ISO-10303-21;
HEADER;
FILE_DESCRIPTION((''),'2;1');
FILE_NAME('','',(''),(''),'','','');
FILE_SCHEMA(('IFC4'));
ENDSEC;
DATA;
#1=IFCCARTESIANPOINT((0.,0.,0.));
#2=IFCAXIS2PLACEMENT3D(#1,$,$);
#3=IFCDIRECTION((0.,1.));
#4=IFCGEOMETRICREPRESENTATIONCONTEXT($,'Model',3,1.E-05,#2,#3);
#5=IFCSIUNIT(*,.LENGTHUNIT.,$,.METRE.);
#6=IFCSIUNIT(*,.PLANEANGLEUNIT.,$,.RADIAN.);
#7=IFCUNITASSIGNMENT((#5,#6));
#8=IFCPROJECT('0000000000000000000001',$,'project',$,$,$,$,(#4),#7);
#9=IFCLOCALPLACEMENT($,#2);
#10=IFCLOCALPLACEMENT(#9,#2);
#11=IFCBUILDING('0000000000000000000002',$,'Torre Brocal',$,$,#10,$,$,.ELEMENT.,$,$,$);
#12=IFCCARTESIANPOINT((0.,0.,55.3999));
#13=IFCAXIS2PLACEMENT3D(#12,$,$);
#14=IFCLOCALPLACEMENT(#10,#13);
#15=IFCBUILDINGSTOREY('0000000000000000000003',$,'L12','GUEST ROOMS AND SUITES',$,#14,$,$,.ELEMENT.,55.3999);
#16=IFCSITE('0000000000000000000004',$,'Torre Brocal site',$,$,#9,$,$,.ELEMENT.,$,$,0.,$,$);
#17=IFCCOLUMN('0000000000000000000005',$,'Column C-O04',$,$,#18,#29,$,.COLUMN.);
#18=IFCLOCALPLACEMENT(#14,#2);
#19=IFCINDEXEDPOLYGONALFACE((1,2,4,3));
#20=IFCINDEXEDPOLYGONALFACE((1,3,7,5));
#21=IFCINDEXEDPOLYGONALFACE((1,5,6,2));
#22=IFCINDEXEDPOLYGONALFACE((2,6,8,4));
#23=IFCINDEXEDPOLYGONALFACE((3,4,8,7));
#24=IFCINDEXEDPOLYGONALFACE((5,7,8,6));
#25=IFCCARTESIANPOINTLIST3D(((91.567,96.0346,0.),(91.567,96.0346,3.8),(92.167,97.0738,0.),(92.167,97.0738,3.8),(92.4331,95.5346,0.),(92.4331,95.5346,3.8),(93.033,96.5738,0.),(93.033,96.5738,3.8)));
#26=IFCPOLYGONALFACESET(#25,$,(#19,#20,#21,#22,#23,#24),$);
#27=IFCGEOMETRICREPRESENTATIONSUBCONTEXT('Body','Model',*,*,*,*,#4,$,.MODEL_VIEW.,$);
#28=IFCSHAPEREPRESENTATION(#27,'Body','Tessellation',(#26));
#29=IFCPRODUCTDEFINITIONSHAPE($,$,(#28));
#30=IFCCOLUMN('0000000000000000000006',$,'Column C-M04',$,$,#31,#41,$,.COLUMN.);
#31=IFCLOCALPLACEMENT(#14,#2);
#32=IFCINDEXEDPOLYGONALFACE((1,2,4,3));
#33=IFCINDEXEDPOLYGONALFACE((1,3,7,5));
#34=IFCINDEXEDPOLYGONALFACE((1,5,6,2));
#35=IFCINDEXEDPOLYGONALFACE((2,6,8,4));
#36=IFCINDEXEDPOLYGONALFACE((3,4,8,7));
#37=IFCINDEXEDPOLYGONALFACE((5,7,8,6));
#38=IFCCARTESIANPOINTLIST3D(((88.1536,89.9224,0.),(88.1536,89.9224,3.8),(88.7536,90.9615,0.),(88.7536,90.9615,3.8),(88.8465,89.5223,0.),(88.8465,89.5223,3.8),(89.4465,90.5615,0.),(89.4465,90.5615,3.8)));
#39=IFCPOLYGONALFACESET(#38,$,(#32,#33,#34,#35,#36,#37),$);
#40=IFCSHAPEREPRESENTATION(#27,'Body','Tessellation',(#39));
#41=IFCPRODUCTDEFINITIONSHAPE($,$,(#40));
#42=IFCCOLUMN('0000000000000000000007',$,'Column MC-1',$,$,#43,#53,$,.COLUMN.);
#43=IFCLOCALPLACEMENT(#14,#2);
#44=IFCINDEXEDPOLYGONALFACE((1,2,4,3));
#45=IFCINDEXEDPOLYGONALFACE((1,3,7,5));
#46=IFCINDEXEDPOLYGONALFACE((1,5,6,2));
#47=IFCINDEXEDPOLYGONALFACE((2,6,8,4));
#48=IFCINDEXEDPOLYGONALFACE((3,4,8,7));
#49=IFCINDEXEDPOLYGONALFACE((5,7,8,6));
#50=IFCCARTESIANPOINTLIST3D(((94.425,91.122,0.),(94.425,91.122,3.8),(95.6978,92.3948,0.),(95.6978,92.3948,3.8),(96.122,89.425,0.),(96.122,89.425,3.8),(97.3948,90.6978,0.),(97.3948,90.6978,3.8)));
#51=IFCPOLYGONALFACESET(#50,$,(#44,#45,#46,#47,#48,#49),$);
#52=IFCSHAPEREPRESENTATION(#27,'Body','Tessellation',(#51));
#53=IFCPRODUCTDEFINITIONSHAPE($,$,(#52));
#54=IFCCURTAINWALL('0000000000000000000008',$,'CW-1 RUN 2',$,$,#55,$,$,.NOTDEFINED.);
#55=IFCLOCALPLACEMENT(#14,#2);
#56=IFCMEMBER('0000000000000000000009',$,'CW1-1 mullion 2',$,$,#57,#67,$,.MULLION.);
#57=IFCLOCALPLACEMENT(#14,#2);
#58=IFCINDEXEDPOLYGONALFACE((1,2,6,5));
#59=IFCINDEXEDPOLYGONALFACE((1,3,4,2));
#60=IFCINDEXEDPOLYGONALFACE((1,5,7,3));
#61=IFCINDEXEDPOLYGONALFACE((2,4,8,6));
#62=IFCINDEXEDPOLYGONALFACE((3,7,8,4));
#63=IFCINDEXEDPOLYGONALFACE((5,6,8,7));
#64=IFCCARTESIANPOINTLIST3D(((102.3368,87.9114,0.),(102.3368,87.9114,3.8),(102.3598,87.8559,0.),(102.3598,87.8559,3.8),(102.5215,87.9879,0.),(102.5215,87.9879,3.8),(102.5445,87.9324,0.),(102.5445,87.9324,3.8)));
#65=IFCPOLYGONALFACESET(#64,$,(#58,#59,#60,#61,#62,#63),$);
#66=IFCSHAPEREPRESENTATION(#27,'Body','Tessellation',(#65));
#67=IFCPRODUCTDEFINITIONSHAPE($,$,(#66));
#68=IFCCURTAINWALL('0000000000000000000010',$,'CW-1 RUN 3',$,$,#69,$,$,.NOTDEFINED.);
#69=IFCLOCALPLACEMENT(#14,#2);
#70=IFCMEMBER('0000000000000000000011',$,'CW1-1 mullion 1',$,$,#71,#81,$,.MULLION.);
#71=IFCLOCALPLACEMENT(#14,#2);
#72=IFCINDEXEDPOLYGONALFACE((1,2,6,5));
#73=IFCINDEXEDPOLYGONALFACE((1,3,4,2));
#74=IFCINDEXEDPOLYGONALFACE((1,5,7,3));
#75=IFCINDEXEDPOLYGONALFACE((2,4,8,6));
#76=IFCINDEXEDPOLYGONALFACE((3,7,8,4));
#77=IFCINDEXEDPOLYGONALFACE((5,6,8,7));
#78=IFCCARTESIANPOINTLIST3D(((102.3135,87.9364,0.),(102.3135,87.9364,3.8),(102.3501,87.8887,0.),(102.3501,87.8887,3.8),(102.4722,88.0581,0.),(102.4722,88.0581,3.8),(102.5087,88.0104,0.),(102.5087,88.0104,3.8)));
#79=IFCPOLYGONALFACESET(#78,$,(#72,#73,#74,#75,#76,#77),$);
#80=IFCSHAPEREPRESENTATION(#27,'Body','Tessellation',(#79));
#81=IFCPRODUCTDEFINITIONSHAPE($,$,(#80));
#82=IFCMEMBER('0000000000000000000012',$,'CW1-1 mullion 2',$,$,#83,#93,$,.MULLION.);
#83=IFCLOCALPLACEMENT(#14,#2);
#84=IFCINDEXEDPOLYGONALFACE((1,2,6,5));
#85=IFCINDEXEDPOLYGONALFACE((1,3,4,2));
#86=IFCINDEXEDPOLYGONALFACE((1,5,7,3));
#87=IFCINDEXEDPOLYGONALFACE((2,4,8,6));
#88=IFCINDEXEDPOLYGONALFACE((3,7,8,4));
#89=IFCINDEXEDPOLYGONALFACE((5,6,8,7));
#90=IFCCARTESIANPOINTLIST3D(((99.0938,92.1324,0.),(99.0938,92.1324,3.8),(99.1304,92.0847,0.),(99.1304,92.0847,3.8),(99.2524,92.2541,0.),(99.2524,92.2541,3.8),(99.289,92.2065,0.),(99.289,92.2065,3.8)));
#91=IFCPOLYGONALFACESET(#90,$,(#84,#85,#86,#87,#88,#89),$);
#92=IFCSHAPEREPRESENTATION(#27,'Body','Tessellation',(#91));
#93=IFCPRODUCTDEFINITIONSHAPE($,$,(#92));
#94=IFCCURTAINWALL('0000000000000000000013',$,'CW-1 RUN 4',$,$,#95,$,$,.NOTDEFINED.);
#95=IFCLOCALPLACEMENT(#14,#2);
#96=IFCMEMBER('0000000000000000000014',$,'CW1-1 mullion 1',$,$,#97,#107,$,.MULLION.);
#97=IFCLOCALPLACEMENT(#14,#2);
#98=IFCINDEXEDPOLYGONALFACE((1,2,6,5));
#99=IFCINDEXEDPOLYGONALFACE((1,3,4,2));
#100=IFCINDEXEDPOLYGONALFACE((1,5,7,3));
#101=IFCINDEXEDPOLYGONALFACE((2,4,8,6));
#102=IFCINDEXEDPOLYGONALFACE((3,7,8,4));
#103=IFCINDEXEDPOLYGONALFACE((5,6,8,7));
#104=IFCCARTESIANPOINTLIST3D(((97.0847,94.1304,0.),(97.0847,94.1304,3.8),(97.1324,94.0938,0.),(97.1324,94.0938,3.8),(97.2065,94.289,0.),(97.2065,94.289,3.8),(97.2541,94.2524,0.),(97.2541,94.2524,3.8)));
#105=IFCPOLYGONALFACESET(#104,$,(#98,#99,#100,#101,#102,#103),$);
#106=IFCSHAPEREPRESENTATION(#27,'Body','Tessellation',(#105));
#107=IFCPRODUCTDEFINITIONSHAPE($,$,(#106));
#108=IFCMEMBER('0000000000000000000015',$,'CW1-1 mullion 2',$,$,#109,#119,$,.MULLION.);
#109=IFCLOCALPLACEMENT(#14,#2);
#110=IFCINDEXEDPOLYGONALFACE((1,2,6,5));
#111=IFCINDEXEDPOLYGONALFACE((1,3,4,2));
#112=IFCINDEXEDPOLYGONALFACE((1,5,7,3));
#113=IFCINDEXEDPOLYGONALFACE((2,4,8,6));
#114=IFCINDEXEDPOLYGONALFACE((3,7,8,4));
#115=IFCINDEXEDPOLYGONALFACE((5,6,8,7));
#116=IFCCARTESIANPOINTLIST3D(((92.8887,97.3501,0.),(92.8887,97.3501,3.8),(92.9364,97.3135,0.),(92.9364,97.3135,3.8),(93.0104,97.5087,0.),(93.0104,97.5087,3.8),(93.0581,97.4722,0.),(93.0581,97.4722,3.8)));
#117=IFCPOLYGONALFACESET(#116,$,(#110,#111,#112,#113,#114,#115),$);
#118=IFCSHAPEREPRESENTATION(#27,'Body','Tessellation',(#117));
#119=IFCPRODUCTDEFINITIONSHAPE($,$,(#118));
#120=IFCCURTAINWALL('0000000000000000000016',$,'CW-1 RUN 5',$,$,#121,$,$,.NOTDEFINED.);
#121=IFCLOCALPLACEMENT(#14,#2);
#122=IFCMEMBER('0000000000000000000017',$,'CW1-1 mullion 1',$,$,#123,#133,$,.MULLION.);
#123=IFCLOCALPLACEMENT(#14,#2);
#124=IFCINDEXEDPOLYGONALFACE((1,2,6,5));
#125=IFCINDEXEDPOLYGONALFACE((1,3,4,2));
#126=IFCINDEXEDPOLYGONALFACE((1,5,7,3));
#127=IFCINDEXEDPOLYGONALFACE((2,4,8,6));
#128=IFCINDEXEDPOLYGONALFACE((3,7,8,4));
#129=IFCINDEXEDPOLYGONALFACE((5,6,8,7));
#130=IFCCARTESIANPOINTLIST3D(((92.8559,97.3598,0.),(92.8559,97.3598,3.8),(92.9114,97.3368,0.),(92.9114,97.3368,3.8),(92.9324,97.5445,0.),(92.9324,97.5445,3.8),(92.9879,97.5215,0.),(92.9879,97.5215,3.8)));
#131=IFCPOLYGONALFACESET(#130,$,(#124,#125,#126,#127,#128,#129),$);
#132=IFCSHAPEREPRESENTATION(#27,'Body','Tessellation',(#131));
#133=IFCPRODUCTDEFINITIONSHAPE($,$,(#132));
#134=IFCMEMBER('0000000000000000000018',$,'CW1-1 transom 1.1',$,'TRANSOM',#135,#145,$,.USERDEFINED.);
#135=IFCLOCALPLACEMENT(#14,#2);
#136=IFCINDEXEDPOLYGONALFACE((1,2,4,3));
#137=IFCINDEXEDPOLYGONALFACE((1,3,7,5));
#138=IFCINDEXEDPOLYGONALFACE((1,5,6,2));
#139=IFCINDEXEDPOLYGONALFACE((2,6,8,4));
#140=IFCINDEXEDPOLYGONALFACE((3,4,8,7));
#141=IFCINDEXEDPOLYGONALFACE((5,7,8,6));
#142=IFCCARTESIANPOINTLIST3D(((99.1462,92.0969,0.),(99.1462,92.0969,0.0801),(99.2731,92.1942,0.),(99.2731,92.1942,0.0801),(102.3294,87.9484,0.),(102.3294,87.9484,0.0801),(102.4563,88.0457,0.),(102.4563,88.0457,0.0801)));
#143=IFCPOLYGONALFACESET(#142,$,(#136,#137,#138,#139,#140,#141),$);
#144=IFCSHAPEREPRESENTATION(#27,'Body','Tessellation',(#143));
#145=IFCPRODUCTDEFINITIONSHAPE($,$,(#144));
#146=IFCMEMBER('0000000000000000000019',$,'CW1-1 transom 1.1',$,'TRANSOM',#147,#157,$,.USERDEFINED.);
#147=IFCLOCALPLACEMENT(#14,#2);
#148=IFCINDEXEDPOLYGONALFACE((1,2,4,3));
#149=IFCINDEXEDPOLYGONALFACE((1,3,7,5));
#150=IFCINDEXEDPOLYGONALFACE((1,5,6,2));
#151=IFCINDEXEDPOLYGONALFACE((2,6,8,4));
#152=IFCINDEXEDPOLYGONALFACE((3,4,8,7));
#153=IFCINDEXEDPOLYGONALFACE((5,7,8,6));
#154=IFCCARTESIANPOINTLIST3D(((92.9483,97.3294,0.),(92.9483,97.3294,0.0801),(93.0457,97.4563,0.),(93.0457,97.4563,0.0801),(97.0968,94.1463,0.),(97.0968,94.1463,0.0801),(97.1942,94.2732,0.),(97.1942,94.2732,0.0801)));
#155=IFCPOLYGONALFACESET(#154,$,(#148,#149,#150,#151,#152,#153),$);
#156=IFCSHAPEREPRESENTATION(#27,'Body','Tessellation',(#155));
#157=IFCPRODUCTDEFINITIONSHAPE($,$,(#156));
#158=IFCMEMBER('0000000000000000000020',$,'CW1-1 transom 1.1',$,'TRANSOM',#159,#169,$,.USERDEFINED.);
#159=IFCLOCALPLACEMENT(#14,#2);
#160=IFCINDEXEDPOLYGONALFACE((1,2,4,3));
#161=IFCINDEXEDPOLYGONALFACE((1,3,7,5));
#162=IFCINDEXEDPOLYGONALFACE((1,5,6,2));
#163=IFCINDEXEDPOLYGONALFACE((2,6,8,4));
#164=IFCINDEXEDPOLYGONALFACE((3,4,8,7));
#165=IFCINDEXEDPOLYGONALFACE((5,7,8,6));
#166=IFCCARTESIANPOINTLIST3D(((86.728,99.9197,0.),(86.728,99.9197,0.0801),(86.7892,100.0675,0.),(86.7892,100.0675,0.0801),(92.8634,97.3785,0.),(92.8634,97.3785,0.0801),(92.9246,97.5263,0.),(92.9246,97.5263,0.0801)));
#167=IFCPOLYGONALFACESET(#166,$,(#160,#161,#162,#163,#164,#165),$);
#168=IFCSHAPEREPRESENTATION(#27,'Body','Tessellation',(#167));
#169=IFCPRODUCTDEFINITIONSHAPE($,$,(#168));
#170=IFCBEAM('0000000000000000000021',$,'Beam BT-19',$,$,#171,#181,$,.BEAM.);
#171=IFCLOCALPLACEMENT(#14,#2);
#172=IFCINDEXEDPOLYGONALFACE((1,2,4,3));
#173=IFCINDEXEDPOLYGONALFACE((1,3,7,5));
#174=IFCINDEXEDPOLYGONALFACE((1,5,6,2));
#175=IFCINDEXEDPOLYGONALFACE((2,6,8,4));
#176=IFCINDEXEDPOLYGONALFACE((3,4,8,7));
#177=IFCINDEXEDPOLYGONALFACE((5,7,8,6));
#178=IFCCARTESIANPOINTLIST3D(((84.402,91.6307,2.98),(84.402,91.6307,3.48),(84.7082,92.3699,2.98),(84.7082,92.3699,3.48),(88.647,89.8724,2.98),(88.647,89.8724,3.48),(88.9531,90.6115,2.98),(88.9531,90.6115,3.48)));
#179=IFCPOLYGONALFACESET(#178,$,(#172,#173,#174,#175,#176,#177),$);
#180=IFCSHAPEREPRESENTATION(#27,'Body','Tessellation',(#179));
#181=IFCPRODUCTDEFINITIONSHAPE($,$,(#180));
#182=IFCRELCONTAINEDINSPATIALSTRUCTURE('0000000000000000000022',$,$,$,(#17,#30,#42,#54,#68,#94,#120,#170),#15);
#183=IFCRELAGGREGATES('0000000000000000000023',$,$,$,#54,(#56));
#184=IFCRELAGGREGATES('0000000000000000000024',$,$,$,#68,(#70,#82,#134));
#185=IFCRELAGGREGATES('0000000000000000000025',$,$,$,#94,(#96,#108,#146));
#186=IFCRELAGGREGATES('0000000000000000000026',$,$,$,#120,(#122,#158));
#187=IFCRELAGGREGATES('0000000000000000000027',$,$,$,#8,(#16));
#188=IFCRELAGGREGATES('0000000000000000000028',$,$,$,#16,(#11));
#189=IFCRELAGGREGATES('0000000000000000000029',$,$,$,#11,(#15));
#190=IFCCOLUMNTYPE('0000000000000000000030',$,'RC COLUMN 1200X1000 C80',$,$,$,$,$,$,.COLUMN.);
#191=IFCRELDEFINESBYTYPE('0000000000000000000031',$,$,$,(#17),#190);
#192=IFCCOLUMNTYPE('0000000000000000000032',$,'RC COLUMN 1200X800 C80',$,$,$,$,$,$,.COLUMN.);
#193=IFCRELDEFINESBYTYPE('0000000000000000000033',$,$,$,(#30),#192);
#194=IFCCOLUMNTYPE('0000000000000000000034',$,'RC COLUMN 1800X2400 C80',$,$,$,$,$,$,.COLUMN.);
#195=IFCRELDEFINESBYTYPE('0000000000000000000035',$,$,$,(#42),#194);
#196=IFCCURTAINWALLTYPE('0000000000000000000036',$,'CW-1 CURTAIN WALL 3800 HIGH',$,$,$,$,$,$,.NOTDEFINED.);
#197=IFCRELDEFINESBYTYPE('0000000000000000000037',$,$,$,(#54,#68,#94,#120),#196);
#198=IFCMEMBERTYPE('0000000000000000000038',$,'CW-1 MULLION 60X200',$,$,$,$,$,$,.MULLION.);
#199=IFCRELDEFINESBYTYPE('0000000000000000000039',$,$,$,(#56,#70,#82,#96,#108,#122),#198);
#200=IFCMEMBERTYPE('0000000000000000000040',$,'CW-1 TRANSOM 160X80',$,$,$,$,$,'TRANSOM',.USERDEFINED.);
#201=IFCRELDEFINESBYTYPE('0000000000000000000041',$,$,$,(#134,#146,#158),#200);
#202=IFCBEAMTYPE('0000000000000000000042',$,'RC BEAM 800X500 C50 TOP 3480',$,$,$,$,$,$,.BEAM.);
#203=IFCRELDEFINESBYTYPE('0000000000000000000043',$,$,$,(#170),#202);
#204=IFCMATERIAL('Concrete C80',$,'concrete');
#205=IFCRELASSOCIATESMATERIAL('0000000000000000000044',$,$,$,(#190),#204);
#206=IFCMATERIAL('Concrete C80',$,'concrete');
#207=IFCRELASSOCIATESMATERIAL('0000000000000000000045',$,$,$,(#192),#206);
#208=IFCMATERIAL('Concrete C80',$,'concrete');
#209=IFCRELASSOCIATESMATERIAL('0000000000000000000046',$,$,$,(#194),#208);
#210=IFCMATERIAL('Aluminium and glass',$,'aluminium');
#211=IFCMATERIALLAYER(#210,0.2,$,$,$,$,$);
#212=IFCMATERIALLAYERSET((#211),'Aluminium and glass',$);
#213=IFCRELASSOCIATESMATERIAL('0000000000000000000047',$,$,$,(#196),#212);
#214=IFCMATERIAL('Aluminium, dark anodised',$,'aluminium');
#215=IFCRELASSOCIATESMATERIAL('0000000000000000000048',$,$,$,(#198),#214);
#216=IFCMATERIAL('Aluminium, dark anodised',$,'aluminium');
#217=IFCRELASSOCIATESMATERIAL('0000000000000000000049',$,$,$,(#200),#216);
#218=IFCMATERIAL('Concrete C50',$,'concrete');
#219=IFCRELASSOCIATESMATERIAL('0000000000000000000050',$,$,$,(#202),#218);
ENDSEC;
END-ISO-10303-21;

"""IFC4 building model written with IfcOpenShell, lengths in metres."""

from ifc_helpers import new_model, si_unit, direction, frame, origin, origin_2d, place, context, subcontext, project, spatial, rectangle, extrude, material, layer, layer_set, material_profile, profile_set, type_object, element, aggregate, save


model = new_model("IFC4")

# Units and contexts
model_context = context("Model", 3, precision=1e-05, world=origin(), true_north=direction((0.0, 1.0)))
body_context = subcontext(model_context, "Body", "Model", "MODEL_VIEW")
ifc_project = project(units=[si_unit("LENGTHUNIT", "METRE"), si_unit("PLANEANGLEUNIT", "RADIAN")], contexts=[model_context])

# Site, building, storey
site_placement = place(None, origin())
site = spatial("IfcSite", under=ifc_project, at=site_placement, Name="Torre Brocal site", CompositionType="ELEMENT", RefElevation=0.0)
building_placement = place(site_placement, origin())
building = spatial("IfcBuilding", under=site, at=building_placement, Name="Torre Brocal", CompositionType="ELEMENT")
storey_placement = place(building_placement, frame((0.0, 0.0, 55.3999)))
storey = spatial("IfcBuildingStorey", under=building, at=storey_placement, Name="L12", Description="GUEST ROOMS AND SUITES", CompositionType="ELEMENT", Elevation=55.3999)

# Columns
ifc_material_1 = material(Name="Concrete C80", Category="concrete")
ifc_material_profile_1 = material_profile(ifc_material_1, rectangle(XDim=1.2, YDim=1.0, at=origin_2d()), Name="RC 1200X1000")
ifc_profile_set_1 = profile_set([ifc_material_profile_1], Name="Concrete C80")
column_type_1 = type_object("IfcColumnType", Name="RC COLUMN 1200X1000 C80", PredefinedType="COLUMN", material=ifc_profile_set_1)
column_1_placement = place(storey_placement, frame((92.3, 96.3042, 0.0), z_axis=(0.0, 0.0, 1.0), x_axis=(0.5, 0.866025, 0.0)))
element("IfcColumn", 1, at=column_1_placement, inside=storey, type_object=column_type_1, Name="Column C-O04", PredefinedType="COLUMN", context=body_context, shape_type="SweptSolid", body=[
    extrude(rectangle(XDim=1.2, YDim=1.0, at=origin_2d()), origin(), (0.0, 0.0, 1.0), 3.8),
])
ifc_material_2 = material(Name="Concrete C80", Category="concrete")
ifc_material_profile_2 = material_profile(ifc_material_2, rectangle(XDim=1.2, YDim=0.8, at=origin_2d()), Name="RC 1200X800")
ifc_profile_set_2 = profile_set([ifc_material_profile_2], Name="Concrete C80")
column_type_2 = type_object("IfcColumnType", Name="RC COLUMN 1200X800 C80", PredefinedType="COLUMN", material=ifc_profile_set_2)
column_2_placement = place(storey_placement, frame((88.8, 90.2419, 0.0), z_axis=(0.0, 0.0, 1.0), x_axis=(0.5, 0.866025, 0.0)))
element("IfcColumn", 2, at=column_2_placement, inside=storey, type_object=column_type_2, Name="Column C-M04", PredefinedType="COLUMN", context=body_context, shape_type="SweptSolid", body=[
    extrude(rectangle(XDim=1.2, YDim=0.8, at=origin_2d()), origin(), (0.0, 0.0, 1.0), 3.8),
])
ifc_material_3 = material(Name="Concrete C80", Category="concrete")
ifc_material_profile_3 = material_profile(ifc_material_3, rectangle(XDim=1.8, YDim=2.3999, at=origin_2d()), Name="RC 1800X2400")
ifc_profile_set_3 = profile_set([ifc_material_profile_3], Name="Concrete C80")
column_type_3 = type_object("IfcColumnType", Name="RC COLUMN 1800X2400 C80", PredefinedType="COLUMN", material=ifc_profile_set_3)
column_3_placement = place(storey_placement, frame((95.9099, 90.9099, 0.0), z_axis=(0.0, 0.0, 1.0), x_axis=(0.707107, 0.707107, 0.0)))
element("IfcColumn", 3, at=column_3_placement, inside=storey, type_object=column_type_3, Name="Column MC-1", PredefinedType="COLUMN", context=body_context, shape_type="SweptSolid", body=[
    extrude(rectangle(XDim=1.8, YDim=2.3999, at=origin_2d()), origin(), (0.0, 0.0, 1.0), 3.8),
])

# Curtain wall, member
ifc_material_4 = material(Name="Aluminium and glass", Category="aluminium")
ifc_layer_1 = layer(ifc_material_4, 0.2)
ifc_layer_set_1 = layer_set([ifc_layer_1], Name="Aluminium and glass")
curtain_wall_type = type_object("IfcCurtainWallType", Name="CW-1 CURTAIN WALL 3800 HIGH", PredefinedType="NOTDEFINED", material=ifc_layer_set_1)
curtain_wall_1_placement = place(storey_placement, origin())
curtain_wall_1 = element("IfcCurtainWall", 4, at=curtain_wall_1_placement, inside=storey, type_object=curtain_wall_type, Name="CW-1 RUN 2", PredefinedType="NOTDEFINED")
ifc_material_5 = material(Name="Aluminium, dark anodised", Category="aluminium")
ifc_material_profile_4 = material_profile(ifc_material_5, rectangle(XDim=0.2, YDim=0.0601, at=origin_2d()), Name="CW-1 MULLION 60X200")
ifc_profile_set_4 = profile_set([ifc_material_profile_4], Name="Aluminium, dark anodised")
member_type_1 = type_object("IfcMemberType", Name="CW-1 MULLION 60X200", PredefinedType="MULLION", material=ifc_profile_set_4)
member_1_placement = place(storey_placement, frame((102.4407, 87.9219, 0.0), z_axis=(0.0, 0.0, 1.0), x_axis=(-0.92388, -0.382683, 0.0)))
member_1 = element("IfcMember", 5, at=member_1_placement, type_object=member_type_1, Name="CW1-1 mullion 2", PredefinedType="MULLION", context=body_context, shape_type="SweptSolid", body=[
    extrude(rectangle(XDim=0.2, YDim=0.0601, at=origin_2d()), origin(), (0.0, 0.0, 1.0), 3.8),
])
aggregate(curtain_wall_1, [member_1])

# Curtain walls, members
curtain_wall_2_placement = place(storey_placement, origin())
curtain_wall_2 = element("IfcCurtainWall", 6, at=curtain_wall_2_placement, inside=storey, type_object=curtain_wall_type, Name="CW-1 RUN 3", PredefinedType="NOTDEFINED")
member_2_placement = place(storey_placement, frame((102.4111, 87.9734, 0.0), z_axis=(0.0, 0.0, 1.0), x_axis=(-0.793353, -0.608761, 0.0)))
member_2 = element("IfcMember", 7, at=member_2_placement, type_object=member_type_1, Name="CW1-1 mullion 1", PredefinedType="MULLION", context=body_context, shape_type="SweptSolid", body=[
    extrude(rectangle(XDim=0.2, YDim=0.0601, at=origin_2d()), origin(), (0.0, 0.0, 1.0), 3.8),
])
member_3_placement = place(storey_placement, frame((99.1914, 92.1694, 0.0), z_axis=(0.0, 0.0, 1.0), x_axis=(-0.793353, -0.608761, 0.0)))
member_3 = element("IfcMember", 8, at=member_3_placement, type_object=member_type_1, Name="CW1-1 mullion 2", PredefinedType="MULLION", context=body_context, shape_type="SweptSolid", body=[
    extrude(rectangle(XDim=0.2, YDim=0.0601, at=origin_2d()), origin(), (0.0, 0.0, 1.0), 3.8),
])
curtain_wall_3_placement = place(storey_placement, origin())
curtain_wall_3 = element("IfcCurtainWall", 9, at=curtain_wall_3_placement, inside=storey, type_object=curtain_wall_type, Name="CW-1 RUN 4", PredefinedType="NOTDEFINED")
member_4_placement = place(storey_placement, frame((97.1694, 94.1914, 0.0), z_axis=(0.0, 0.0, 1.0), x_axis=(-0.608761, -0.793353, 0.0)))
member_4 = element("IfcMember", 10, at=member_4_placement, type_object=member_type_1, Name="CW1-1 mullion 1", PredefinedType="MULLION", context=body_context, shape_type="SweptSolid", body=[
    extrude(rectangle(XDim=0.2, YDim=0.0601, at=origin_2d()), origin(), (0.0, 0.0, 1.0), 3.8),
])
member_5_placement = place(storey_placement, frame((92.9734, 97.4111, 0.0), z_axis=(0.0, 0.0, 1.0), x_axis=(-0.608761, -0.793353, 0.0)))
member_5 = element("IfcMember", 11, at=member_5_placement, type_object=member_type_1, Name="CW1-1 mullion 2", PredefinedType="MULLION", context=body_context, shape_type="SweptSolid", body=[
    extrude(rectangle(XDim=0.2, YDim=0.0601, at=origin_2d()), origin(), (0.0, 0.0, 1.0), 3.8),
])

# Curtain wall, member
curtain_wall_4_placement = place(storey_placement, origin())
curtain_wall_4 = element("IfcCurtainWall", 12, at=curtain_wall_4_placement, inside=storey, type_object=curtain_wall_type, Name="CW-1 RUN 5", PredefinedType="NOTDEFINED")
member_6_placement = place(storey_placement, frame((92.9219, 97.4407, 0.0), z_axis=(0.0, 0.0, 1.0), x_axis=(-0.382683, -0.92388, 0.0)))
member_6 = element("IfcMember", 13, at=member_6_placement, type_object=member_type_1, Name="CW1-1 mullion 1", PredefinedType="MULLION", context=body_context, shape_type="SweptSolid", body=[
    extrude(rectangle(XDim=0.2, YDim=0.0601, at=origin_2d()), origin(), (0.0, 0.0, 1.0), 3.8),
])

# Members
ifc_material_6 = material(Name="Aluminium, dark anodised", Category="aluminium")
ifc_material_profile_5 = material_profile(ifc_material_6, rectangle(XDim=0.1599, YDim=0.0801, at=origin_2d()), Name="CW-1 TRANSOM 160X80")
ifc_profile_set_5 = profile_set([ifc_material_profile_5], Name="Aluminium, dark anodised")
member_type_2 = type_object("IfcMemberType", Name="CW-1 TRANSOM 160X80", ElementType="TRANSOM", PredefinedType="USERDEFINED", material=ifc_profile_set_5)
member_7_placement = place(storey_placement, frame((102.3928, 87.9971, 0.04), z_axis=(-0.608749, 0.793363, 0.0), x_axis=(-0.793363, -0.608749, 0.0)))
member_7 = element("IfcMember", 14, at=member_7_placement, type_object=member_type_2, Name="CW1-1 transom 1.1", ObjectType="TRANSOM", PredefinedType="USERDEFINED", context=body_context, shape_type="SweptSolid", body=[
    extrude(rectangle(XDim=0.1599, YDim=0.0801, at=origin_2d()), origin(), (0.0, 0.0, 1.0), 5.229),
])
member_8_placement = place(storey_placement, frame((97.1455, 94.2097, 0.04), z_axis=(-0.793363, 0.608749, 0.0), x_axis=(-0.608749, -0.793363, 0.0)))
member_8 = element("IfcMember", 15, at=member_8_placement, type_object=member_type_2, Name="CW1-1 transom 1.1", ObjectType="TRANSOM", PredefinedType="USERDEFINED", context=body_context, shape_type="SweptSolid", body=[
    extrude(rectangle(XDim=0.1599, YDim=0.0801, at=origin_2d()), origin(), (0.0, 0.0, 1.0), 5.229),
])
member_9_placement = place(storey_placement, frame((92.894, 97.4524, 0.04), z_axis=(-0.923887, 0.382665, 0.0), x_axis=(-0.382665, -0.923887, 0.0)))
member_9 = element("IfcMember", 16, at=member_9_placement, type_object=member_type_2, Name="CW1-1 transom 1.1", ObjectType="TRANSOM", PredefinedType="USERDEFINED", context=body_context, shape_type="SweptSolid", body=[
    extrude(rectangle(XDim=0.1599, YDim=0.0801, at=origin_2d()), origin(), (0.0, 0.0, 1.0), 6.6409),
])

# Beam
ifc_material_7 = material(Name="Concrete C50", Category="concrete")
ifc_material_profile_6 = material_profile(ifc_material_7, rectangle(XDim=0.8, YDim=0.5, at=origin_2d()), Name="RC 800X500")
ifc_profile_set_6 = profile_set([ifc_material_profile_6], Name="Concrete C50")
beam_type_1 = type_object("IfcBeamType", Name="RC BEAM 800X500 C50 TOP 3480", PredefinedType="BEAM", material=ifc_profile_set_6)
beam_1_placement = place(storey_placement, frame((88.8, 90.2419, 3.23), z_axis=(-0.923878, 0.382687, 0.0), x_axis=(-0.382687, -0.923878, 0.0)))
element("IfcBeam", 17, at=beam_1_placement, inside=storey, type_object=beam_type_1, Name="Beam BT-19", PredefinedType="BEAM", context=body_context, shape_type="SweptSolid", body=[
    extrude(rectangle(XDim=0.8, YDim=0.5, at=origin_2d()), origin(), (0.0, 0.0, 1.0), 4.5947),
])

aggregate(curtain_wall_2, [member_2, member_3, member_7])
aggregate(curtain_wall_3, [member_4, member_5, member_8])
aggregate(curtain_wall_4, [member_6, member_9])

save(model, "model.ifc")
